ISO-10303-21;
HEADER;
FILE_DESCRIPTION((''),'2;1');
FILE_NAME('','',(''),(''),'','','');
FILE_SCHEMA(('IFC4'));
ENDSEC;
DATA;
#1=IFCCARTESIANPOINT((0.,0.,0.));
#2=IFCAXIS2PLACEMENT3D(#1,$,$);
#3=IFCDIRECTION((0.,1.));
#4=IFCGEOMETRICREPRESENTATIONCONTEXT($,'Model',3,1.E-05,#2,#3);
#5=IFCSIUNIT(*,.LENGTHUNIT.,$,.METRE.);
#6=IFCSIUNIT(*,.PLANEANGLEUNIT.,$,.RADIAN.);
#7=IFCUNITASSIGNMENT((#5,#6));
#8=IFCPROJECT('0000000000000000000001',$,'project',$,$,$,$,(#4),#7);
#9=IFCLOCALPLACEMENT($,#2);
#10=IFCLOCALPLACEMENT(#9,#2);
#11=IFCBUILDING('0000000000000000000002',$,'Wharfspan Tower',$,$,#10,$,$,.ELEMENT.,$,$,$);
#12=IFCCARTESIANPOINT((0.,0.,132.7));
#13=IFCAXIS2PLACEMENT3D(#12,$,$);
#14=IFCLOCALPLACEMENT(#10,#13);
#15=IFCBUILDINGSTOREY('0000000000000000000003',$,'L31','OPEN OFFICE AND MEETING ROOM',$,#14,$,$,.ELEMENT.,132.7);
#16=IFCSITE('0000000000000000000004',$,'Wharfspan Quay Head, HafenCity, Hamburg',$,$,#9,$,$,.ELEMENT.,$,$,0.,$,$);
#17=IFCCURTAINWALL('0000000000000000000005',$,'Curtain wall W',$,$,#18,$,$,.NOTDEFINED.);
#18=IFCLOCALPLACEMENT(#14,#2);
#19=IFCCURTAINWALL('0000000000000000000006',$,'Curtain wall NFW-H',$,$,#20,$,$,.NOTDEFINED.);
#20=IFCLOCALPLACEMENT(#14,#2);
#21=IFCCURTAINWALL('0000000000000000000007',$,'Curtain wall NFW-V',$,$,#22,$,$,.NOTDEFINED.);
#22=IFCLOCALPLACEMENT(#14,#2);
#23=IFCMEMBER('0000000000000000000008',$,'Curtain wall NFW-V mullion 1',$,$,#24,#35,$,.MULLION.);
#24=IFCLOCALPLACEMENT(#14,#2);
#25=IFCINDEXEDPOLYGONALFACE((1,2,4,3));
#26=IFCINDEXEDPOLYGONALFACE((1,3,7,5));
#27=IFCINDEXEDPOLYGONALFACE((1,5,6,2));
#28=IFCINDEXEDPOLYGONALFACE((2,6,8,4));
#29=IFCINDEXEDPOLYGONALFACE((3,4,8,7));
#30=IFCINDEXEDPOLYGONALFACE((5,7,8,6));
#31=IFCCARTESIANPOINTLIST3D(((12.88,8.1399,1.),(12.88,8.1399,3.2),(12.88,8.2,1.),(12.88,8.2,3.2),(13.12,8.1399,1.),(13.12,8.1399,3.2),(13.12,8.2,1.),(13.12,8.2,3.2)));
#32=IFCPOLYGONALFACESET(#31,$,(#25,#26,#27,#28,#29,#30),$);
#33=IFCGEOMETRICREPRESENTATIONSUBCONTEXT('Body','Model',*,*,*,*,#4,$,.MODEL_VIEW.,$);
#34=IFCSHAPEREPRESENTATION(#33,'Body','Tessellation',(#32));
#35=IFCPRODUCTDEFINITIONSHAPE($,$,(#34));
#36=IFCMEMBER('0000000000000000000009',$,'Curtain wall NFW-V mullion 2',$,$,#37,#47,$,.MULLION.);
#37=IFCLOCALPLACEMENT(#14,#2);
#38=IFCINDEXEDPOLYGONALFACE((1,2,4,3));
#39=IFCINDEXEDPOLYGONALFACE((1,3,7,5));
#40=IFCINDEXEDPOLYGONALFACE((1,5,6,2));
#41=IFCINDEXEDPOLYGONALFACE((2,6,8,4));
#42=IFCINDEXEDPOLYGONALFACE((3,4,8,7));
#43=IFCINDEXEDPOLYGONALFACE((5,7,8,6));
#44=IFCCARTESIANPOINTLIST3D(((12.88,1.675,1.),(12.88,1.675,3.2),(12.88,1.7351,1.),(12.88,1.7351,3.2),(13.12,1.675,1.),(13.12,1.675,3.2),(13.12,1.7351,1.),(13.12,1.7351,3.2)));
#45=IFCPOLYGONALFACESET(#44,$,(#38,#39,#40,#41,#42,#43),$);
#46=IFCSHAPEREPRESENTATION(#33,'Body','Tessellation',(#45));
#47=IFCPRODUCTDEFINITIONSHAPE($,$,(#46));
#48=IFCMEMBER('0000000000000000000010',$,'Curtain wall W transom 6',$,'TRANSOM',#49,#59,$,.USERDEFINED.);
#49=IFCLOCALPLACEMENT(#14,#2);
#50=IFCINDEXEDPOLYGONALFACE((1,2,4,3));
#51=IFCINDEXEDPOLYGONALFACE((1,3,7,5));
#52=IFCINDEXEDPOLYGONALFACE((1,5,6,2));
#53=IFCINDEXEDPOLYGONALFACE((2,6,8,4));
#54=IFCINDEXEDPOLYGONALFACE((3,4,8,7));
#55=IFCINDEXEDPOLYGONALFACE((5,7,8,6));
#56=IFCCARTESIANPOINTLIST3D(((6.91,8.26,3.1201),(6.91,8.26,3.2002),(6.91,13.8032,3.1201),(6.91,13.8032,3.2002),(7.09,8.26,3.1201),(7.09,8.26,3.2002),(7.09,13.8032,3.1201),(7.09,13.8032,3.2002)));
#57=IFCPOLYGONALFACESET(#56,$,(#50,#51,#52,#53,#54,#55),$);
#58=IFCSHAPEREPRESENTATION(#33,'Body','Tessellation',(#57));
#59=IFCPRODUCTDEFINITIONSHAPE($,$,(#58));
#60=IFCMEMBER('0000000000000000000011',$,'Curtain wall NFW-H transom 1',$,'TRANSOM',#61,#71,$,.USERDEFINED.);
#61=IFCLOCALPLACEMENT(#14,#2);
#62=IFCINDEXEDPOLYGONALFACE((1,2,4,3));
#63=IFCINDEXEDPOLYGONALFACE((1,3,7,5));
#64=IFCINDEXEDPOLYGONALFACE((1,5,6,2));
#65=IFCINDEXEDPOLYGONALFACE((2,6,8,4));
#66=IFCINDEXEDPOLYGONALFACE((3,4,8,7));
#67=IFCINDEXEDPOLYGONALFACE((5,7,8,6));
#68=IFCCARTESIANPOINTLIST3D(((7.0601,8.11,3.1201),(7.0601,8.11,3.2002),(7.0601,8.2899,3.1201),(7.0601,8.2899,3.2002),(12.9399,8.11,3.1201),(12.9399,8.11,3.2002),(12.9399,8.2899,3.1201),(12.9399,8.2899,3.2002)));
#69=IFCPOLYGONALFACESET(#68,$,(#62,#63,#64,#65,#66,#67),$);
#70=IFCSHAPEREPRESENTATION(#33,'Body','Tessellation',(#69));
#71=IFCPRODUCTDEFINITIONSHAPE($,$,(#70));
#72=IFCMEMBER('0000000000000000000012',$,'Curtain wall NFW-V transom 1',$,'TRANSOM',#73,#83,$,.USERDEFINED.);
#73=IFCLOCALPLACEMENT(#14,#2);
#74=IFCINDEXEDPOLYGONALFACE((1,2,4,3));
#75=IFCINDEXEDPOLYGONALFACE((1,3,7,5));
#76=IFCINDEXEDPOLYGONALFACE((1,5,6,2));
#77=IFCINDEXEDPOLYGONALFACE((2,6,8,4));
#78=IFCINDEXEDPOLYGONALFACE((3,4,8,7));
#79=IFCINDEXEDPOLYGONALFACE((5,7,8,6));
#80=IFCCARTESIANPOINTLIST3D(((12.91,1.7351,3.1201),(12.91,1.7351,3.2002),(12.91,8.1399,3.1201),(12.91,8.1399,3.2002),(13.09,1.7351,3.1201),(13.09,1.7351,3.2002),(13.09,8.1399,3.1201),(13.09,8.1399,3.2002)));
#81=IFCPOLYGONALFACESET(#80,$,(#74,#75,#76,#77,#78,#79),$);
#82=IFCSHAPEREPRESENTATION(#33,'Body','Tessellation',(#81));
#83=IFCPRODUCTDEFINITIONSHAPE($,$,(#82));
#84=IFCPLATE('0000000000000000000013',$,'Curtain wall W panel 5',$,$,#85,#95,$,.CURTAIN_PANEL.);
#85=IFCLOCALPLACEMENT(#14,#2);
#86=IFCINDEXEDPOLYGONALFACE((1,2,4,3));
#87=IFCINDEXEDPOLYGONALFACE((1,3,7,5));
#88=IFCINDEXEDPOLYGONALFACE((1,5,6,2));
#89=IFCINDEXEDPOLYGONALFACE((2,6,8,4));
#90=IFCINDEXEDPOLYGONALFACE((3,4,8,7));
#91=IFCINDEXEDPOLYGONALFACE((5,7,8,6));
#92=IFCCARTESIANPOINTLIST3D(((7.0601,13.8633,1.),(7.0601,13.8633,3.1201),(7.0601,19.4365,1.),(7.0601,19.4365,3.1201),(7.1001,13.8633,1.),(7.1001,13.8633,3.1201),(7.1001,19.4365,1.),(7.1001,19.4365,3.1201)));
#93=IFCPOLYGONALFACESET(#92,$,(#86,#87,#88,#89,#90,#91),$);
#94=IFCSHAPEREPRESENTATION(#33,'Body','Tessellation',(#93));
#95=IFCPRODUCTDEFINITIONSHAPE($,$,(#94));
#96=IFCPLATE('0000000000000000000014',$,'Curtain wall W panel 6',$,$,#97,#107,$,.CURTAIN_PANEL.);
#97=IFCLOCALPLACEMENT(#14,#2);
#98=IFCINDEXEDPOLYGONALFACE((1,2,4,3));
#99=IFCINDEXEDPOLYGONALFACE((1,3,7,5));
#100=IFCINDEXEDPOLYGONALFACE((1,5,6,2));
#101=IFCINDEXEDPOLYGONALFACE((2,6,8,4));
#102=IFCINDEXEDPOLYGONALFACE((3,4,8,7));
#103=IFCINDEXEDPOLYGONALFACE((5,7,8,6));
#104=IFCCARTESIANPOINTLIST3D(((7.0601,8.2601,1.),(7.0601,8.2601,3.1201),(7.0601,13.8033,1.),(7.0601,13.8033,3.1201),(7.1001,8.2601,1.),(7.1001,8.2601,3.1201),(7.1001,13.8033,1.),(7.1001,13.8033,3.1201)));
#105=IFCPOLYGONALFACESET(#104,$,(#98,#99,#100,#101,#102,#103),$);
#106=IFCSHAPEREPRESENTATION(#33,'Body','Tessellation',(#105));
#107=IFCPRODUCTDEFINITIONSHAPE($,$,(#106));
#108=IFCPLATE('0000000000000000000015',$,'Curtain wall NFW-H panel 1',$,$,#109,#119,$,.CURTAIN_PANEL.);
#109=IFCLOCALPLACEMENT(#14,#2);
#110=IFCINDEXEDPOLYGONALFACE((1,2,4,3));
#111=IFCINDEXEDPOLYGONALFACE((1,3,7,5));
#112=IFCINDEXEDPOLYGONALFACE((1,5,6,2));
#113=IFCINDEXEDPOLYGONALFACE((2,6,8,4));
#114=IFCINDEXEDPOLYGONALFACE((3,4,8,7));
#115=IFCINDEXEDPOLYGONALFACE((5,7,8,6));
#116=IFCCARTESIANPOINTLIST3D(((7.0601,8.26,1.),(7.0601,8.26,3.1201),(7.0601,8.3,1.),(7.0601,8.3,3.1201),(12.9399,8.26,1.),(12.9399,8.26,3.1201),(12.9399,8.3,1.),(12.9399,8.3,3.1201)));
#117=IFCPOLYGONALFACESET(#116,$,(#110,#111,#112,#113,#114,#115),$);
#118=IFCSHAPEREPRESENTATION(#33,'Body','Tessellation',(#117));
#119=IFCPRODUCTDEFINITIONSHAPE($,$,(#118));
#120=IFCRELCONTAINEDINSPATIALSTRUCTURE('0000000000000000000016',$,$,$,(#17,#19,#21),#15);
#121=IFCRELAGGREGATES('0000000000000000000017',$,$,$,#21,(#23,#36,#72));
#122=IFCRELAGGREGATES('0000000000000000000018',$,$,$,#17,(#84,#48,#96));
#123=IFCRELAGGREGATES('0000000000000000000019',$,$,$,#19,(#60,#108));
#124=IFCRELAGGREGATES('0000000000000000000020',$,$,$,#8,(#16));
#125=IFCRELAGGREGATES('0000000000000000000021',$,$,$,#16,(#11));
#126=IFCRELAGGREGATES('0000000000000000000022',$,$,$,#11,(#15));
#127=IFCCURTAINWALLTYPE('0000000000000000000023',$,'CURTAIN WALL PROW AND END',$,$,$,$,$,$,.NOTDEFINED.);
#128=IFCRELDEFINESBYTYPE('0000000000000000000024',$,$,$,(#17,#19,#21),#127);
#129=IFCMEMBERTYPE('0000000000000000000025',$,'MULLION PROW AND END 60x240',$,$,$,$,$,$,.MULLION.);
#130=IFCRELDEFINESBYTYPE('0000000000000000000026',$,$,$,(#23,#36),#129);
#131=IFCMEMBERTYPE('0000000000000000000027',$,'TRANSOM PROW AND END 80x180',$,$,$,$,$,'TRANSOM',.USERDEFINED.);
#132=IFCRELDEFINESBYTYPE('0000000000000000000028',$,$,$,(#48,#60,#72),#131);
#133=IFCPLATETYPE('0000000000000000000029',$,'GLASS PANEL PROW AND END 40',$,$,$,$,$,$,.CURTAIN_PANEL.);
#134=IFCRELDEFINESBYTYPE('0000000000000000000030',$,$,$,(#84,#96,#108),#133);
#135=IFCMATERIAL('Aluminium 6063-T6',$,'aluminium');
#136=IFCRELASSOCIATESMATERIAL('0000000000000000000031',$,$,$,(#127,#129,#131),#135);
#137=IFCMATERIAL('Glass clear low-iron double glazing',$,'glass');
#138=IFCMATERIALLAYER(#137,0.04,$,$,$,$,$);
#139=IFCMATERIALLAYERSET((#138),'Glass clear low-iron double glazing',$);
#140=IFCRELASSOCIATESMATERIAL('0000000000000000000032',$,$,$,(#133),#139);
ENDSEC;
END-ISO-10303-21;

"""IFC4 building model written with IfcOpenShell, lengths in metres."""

from ifc_helpers import new_model, si_unit, direction, frame, origin, origin_2d, place, context, subcontext, project, spatial, rectangle, extrude, material, layer, layer_set, material_profile, profile_set, type_object, element, aggregate, save


model = new_model("IFC4")

# Units and contexts
model_context = context("Model", 3, precision=1e-05, world=origin(), true_north=direction((0.0, 1.0)))
body_context = subcontext(model_context, "Body", "Model", "MODEL_VIEW")
ifc_project = project(units=[si_unit("LENGTHUNIT", "METRE"), si_unit("PLANEANGLEUNIT", "RADIAN")], contexts=[model_context])

# Site, building, storey
site_placement = place(None, origin())
site = spatial("IfcSite", under=ifc_project, at=site_placement, Name="Wharfspan Quay Head, HafenCity, Hamburg", CompositionType="ELEMENT", RefElevation=0.0)
building_placement = place(site_placement, origin())
building = spatial("IfcBuilding", under=site, at=building_placement, Name="Wharfspan Tower", CompositionType="ELEMENT")
storey_placement = place(building_placement, frame((0.0, 0.0, 132.7)))
storey = spatial("IfcBuildingStorey", under=building, at=storey_placement, Name="L31", Description="OPEN OFFICE AND MEETING ROOM", CompositionType="ELEMENT", Elevation=132.7)

# Curtain walls, members
ifc_material_1 = material(Name="Aluminium 6063-T6", Category="aluminium")
curtain_wall_type = type_object("IfcCurtainWallType", Name="CURTAIN WALL PROW AND END", PredefinedType="NOTDEFINED", material=ifc_material_1)
curtain_wall_1_placement = place(storey_placement, origin())
curtain_wall_1 = element("IfcCurtainWall", 1, at=curtain_wall_1_placement, inside=storey, type_object=curtain_wall_type, Name="Curtain wall W", PredefinedType="NOTDEFINED")
ifc_material_profile_1 = material_profile(ifc_material_1, rectangle(XDim=0.24, YDim=0.0601, at=origin_2d()))
ifc_profile_set_1 = profile_set([ifc_material_profile_1], Name="Aluminium 6063-T6")
member_type_1 = type_object("IfcMemberType", Name="MULLION PROW AND END 60x240", PredefinedType="MULLION", material=ifc_profile_set_1)
curtain_wall_2_placement = place(storey_placement, origin())
curtain_wall_2 = element("IfcCurtainWall", 2, at=curtain_wall_2_placement, inside=storey, type_object=curtain_wall_type, Name="Curtain wall NFW-H", PredefinedType="NOTDEFINED")
curtain_wall_3_placement = place(storey_placement, origin())
curtain_wall_3 = element("IfcCurtainWall", 3, at=curtain_wall_3_placement, inside=storey, type_object=curtain_wall_type, Name="Curtain wall NFW-V", PredefinedType="NOTDEFINED")
member_1_placement = place(storey_placement, frame((13.0, 8.1699, 1.0), z_axis=(0.0, 0.0, 1.0), x_axis=(1.0, 0.0, 0.0)))
member_1 = element("IfcMember", 4, at=member_1_placement, type_object=member_type_1, Name="Curtain wall NFW-V mullion 1", PredefinedType="MULLION", context=body_context, shape_type="SweptSolid", body=[
    extrude(rectangle(XDim=0.24, YDim=0.0601, at=origin_2d()), origin(), (0.0, 0.0, 1.0), 2.2),
])
member_2_placement = place(storey_placement, frame((13.0, 1.7051, 1.0), z_axis=(0.0, 0.0, 1.0), x_axis=(1.0, 0.0, 0.0)))
member_2 = element("IfcMember", 5, at=member_2_placement, type_object=member_type_1, Name="Curtain wall NFW-V mullion 2", PredefinedType="MULLION", context=body_context, shape_type="SweptSolid", body=[
    extrude(rectangle(XDim=0.24, YDim=0.0601, at=origin_2d()), origin(), (0.0, 0.0, 1.0), 2.2),
])

# Members
ifc_material_profile_2 = material_profile(ifc_material_1, rectangle(XDim=0.1799, YDim=0.0801, at=origin_2d()))
ifc_profile_set_2 = profile_set([ifc_material_profile_2], Name="Aluminium 6063-T6")
member_type_2 = type_object("IfcMemberType", Name="TRANSOM PROW AND END 80x180", ElementType="TRANSOM", PredefinedType="USERDEFINED", material=ifc_profile_set_2)
member_3_placement = place(storey_placement, frame((7.0, 13.8032, 3.1602), z_axis=(0.0, -1.0, 0.0), x_axis=(1.0, 0.0, 0.0)))
member_3 = element("IfcMember", 6, at=member_3_placement, type_object=member_type_2, Name="Curtain wall W transom 6", ObjectType="TRANSOM", PredefinedType="USERDEFINED", context=body_context, shape_type="SweptSolid", body=[
    extrude(rectangle(XDim=0.1799, YDim=0.0801, at=origin_2d()), origin(), (0.0, 0.0, 1.0), 5.5432),
])
member_4_placement = place(storey_placement, frame((7.0601, 8.2, 3.1602), z_axis=(1.0, 0.0, 0.0), x_axis=(0.0, 1.0, 0.0)))
member_4 = element("IfcMember", 7, at=member_4_placement, type_object=member_type_2, Name="Curtain wall NFW-H transom 1", ObjectType="TRANSOM", PredefinedType="USERDEFINED", context=body_context, shape_type="SweptSolid", body=[
    extrude(rectangle(XDim=0.1799, YDim=0.0801, at=origin_2d()), origin(), (0.0, 0.0, 1.0), 5.8799),
])
member_5_placement = place(storey_placement, frame((13.0, 8.1399, 3.1602), z_axis=(0.0, -1.0, 0.0), x_axis=(1.0, 0.0, 0.0)))
member_5 = element("IfcMember", 8, at=member_5_placement, type_object=member_type_2, Name="Curtain wall NFW-V transom 1", ObjectType="TRANSOM", PredefinedType="USERDEFINED", context=body_context, shape_type="SweptSolid", body=[
    extrude(rectangle(XDim=0.1799, YDim=0.0801, at=origin_2d()), origin(), (0.0, 0.0, 1.0), 6.4048),
])
aggregate(curtain_wall_3, [member_1, member_2, member_5])

# Plates
ifc_material_2 = material(Name="Glass clear low-iron double glazing", Category="glass")
ifc_layer_1 = layer(ifc_material_2, 0.04)
ifc_layer_set_1 = layer_set([ifc_layer_1], Name="Glass clear low-iron double glazing")
plate_type = type_object("IfcPlateType", Name="GLASS PANEL PROW AND END 40", PredefinedType="CURTAIN_PANEL", material=ifc_layer_set_1)
plate_1_placement = place(storey_placement, frame((7.0801, 16.6499, 1.0), z_axis=(0.0, 0.0, 1.0), x_axis=(0.0, -1.0, 0.0)))
plate_1 = element("IfcPlate", 9, at=plate_1_placement, type_object=plate_type, Name="Curtain wall W panel 5", PredefinedType="CURTAIN_PANEL", context=body_context, shape_type="SweptSolid", body=[
    extrude(rectangle(XDim=5.5732, YDim=0.04, at=origin_2d()), origin(), (0.0, 0.0, 1.0), 2.1201),
])
plate_2_placement = place(storey_placement, frame((7.0801, 11.0317, 1.0), z_axis=(0.0, 0.0, 1.0), x_axis=(0.0, -1.0, 0.0)))
plate_2 = element("IfcPlate", 10, at=plate_2_placement, type_object=plate_type, Name="Curtain wall W panel 6", PredefinedType="CURTAIN_PANEL", context=body_context, shape_type="SweptSolid", body=[
    extrude(rectangle(XDim=5.5432, YDim=0.04, at=origin_2d()), origin(), (0.0, 0.0, 1.0), 2.1201),
])
aggregate(curtain_wall_1, [plate_1, member_3, plate_2])
plate_3_placement = place(storey_placement, frame((10.0, 8.28, 1.0), z_axis=(0.0, 0.0, 1.0), x_axis=(1.0, 0.0, 0.0)))
plate_3 = element("IfcPlate", 11, at=plate_3_placement, type_object=plate_type, Name="Curtain wall NFW-H panel 1", PredefinedType="CURTAIN_PANEL", context=body_context, shape_type="SweptSolid", body=[
    extrude(rectangle(XDim=5.8799, YDim=0.04, at=origin_2d()), origin(), (0.0, 0.0, 1.0), 2.1201),
])
aggregate(curtain_wall_2, [member_4, plate_3])

save(model, "model.ifc")
